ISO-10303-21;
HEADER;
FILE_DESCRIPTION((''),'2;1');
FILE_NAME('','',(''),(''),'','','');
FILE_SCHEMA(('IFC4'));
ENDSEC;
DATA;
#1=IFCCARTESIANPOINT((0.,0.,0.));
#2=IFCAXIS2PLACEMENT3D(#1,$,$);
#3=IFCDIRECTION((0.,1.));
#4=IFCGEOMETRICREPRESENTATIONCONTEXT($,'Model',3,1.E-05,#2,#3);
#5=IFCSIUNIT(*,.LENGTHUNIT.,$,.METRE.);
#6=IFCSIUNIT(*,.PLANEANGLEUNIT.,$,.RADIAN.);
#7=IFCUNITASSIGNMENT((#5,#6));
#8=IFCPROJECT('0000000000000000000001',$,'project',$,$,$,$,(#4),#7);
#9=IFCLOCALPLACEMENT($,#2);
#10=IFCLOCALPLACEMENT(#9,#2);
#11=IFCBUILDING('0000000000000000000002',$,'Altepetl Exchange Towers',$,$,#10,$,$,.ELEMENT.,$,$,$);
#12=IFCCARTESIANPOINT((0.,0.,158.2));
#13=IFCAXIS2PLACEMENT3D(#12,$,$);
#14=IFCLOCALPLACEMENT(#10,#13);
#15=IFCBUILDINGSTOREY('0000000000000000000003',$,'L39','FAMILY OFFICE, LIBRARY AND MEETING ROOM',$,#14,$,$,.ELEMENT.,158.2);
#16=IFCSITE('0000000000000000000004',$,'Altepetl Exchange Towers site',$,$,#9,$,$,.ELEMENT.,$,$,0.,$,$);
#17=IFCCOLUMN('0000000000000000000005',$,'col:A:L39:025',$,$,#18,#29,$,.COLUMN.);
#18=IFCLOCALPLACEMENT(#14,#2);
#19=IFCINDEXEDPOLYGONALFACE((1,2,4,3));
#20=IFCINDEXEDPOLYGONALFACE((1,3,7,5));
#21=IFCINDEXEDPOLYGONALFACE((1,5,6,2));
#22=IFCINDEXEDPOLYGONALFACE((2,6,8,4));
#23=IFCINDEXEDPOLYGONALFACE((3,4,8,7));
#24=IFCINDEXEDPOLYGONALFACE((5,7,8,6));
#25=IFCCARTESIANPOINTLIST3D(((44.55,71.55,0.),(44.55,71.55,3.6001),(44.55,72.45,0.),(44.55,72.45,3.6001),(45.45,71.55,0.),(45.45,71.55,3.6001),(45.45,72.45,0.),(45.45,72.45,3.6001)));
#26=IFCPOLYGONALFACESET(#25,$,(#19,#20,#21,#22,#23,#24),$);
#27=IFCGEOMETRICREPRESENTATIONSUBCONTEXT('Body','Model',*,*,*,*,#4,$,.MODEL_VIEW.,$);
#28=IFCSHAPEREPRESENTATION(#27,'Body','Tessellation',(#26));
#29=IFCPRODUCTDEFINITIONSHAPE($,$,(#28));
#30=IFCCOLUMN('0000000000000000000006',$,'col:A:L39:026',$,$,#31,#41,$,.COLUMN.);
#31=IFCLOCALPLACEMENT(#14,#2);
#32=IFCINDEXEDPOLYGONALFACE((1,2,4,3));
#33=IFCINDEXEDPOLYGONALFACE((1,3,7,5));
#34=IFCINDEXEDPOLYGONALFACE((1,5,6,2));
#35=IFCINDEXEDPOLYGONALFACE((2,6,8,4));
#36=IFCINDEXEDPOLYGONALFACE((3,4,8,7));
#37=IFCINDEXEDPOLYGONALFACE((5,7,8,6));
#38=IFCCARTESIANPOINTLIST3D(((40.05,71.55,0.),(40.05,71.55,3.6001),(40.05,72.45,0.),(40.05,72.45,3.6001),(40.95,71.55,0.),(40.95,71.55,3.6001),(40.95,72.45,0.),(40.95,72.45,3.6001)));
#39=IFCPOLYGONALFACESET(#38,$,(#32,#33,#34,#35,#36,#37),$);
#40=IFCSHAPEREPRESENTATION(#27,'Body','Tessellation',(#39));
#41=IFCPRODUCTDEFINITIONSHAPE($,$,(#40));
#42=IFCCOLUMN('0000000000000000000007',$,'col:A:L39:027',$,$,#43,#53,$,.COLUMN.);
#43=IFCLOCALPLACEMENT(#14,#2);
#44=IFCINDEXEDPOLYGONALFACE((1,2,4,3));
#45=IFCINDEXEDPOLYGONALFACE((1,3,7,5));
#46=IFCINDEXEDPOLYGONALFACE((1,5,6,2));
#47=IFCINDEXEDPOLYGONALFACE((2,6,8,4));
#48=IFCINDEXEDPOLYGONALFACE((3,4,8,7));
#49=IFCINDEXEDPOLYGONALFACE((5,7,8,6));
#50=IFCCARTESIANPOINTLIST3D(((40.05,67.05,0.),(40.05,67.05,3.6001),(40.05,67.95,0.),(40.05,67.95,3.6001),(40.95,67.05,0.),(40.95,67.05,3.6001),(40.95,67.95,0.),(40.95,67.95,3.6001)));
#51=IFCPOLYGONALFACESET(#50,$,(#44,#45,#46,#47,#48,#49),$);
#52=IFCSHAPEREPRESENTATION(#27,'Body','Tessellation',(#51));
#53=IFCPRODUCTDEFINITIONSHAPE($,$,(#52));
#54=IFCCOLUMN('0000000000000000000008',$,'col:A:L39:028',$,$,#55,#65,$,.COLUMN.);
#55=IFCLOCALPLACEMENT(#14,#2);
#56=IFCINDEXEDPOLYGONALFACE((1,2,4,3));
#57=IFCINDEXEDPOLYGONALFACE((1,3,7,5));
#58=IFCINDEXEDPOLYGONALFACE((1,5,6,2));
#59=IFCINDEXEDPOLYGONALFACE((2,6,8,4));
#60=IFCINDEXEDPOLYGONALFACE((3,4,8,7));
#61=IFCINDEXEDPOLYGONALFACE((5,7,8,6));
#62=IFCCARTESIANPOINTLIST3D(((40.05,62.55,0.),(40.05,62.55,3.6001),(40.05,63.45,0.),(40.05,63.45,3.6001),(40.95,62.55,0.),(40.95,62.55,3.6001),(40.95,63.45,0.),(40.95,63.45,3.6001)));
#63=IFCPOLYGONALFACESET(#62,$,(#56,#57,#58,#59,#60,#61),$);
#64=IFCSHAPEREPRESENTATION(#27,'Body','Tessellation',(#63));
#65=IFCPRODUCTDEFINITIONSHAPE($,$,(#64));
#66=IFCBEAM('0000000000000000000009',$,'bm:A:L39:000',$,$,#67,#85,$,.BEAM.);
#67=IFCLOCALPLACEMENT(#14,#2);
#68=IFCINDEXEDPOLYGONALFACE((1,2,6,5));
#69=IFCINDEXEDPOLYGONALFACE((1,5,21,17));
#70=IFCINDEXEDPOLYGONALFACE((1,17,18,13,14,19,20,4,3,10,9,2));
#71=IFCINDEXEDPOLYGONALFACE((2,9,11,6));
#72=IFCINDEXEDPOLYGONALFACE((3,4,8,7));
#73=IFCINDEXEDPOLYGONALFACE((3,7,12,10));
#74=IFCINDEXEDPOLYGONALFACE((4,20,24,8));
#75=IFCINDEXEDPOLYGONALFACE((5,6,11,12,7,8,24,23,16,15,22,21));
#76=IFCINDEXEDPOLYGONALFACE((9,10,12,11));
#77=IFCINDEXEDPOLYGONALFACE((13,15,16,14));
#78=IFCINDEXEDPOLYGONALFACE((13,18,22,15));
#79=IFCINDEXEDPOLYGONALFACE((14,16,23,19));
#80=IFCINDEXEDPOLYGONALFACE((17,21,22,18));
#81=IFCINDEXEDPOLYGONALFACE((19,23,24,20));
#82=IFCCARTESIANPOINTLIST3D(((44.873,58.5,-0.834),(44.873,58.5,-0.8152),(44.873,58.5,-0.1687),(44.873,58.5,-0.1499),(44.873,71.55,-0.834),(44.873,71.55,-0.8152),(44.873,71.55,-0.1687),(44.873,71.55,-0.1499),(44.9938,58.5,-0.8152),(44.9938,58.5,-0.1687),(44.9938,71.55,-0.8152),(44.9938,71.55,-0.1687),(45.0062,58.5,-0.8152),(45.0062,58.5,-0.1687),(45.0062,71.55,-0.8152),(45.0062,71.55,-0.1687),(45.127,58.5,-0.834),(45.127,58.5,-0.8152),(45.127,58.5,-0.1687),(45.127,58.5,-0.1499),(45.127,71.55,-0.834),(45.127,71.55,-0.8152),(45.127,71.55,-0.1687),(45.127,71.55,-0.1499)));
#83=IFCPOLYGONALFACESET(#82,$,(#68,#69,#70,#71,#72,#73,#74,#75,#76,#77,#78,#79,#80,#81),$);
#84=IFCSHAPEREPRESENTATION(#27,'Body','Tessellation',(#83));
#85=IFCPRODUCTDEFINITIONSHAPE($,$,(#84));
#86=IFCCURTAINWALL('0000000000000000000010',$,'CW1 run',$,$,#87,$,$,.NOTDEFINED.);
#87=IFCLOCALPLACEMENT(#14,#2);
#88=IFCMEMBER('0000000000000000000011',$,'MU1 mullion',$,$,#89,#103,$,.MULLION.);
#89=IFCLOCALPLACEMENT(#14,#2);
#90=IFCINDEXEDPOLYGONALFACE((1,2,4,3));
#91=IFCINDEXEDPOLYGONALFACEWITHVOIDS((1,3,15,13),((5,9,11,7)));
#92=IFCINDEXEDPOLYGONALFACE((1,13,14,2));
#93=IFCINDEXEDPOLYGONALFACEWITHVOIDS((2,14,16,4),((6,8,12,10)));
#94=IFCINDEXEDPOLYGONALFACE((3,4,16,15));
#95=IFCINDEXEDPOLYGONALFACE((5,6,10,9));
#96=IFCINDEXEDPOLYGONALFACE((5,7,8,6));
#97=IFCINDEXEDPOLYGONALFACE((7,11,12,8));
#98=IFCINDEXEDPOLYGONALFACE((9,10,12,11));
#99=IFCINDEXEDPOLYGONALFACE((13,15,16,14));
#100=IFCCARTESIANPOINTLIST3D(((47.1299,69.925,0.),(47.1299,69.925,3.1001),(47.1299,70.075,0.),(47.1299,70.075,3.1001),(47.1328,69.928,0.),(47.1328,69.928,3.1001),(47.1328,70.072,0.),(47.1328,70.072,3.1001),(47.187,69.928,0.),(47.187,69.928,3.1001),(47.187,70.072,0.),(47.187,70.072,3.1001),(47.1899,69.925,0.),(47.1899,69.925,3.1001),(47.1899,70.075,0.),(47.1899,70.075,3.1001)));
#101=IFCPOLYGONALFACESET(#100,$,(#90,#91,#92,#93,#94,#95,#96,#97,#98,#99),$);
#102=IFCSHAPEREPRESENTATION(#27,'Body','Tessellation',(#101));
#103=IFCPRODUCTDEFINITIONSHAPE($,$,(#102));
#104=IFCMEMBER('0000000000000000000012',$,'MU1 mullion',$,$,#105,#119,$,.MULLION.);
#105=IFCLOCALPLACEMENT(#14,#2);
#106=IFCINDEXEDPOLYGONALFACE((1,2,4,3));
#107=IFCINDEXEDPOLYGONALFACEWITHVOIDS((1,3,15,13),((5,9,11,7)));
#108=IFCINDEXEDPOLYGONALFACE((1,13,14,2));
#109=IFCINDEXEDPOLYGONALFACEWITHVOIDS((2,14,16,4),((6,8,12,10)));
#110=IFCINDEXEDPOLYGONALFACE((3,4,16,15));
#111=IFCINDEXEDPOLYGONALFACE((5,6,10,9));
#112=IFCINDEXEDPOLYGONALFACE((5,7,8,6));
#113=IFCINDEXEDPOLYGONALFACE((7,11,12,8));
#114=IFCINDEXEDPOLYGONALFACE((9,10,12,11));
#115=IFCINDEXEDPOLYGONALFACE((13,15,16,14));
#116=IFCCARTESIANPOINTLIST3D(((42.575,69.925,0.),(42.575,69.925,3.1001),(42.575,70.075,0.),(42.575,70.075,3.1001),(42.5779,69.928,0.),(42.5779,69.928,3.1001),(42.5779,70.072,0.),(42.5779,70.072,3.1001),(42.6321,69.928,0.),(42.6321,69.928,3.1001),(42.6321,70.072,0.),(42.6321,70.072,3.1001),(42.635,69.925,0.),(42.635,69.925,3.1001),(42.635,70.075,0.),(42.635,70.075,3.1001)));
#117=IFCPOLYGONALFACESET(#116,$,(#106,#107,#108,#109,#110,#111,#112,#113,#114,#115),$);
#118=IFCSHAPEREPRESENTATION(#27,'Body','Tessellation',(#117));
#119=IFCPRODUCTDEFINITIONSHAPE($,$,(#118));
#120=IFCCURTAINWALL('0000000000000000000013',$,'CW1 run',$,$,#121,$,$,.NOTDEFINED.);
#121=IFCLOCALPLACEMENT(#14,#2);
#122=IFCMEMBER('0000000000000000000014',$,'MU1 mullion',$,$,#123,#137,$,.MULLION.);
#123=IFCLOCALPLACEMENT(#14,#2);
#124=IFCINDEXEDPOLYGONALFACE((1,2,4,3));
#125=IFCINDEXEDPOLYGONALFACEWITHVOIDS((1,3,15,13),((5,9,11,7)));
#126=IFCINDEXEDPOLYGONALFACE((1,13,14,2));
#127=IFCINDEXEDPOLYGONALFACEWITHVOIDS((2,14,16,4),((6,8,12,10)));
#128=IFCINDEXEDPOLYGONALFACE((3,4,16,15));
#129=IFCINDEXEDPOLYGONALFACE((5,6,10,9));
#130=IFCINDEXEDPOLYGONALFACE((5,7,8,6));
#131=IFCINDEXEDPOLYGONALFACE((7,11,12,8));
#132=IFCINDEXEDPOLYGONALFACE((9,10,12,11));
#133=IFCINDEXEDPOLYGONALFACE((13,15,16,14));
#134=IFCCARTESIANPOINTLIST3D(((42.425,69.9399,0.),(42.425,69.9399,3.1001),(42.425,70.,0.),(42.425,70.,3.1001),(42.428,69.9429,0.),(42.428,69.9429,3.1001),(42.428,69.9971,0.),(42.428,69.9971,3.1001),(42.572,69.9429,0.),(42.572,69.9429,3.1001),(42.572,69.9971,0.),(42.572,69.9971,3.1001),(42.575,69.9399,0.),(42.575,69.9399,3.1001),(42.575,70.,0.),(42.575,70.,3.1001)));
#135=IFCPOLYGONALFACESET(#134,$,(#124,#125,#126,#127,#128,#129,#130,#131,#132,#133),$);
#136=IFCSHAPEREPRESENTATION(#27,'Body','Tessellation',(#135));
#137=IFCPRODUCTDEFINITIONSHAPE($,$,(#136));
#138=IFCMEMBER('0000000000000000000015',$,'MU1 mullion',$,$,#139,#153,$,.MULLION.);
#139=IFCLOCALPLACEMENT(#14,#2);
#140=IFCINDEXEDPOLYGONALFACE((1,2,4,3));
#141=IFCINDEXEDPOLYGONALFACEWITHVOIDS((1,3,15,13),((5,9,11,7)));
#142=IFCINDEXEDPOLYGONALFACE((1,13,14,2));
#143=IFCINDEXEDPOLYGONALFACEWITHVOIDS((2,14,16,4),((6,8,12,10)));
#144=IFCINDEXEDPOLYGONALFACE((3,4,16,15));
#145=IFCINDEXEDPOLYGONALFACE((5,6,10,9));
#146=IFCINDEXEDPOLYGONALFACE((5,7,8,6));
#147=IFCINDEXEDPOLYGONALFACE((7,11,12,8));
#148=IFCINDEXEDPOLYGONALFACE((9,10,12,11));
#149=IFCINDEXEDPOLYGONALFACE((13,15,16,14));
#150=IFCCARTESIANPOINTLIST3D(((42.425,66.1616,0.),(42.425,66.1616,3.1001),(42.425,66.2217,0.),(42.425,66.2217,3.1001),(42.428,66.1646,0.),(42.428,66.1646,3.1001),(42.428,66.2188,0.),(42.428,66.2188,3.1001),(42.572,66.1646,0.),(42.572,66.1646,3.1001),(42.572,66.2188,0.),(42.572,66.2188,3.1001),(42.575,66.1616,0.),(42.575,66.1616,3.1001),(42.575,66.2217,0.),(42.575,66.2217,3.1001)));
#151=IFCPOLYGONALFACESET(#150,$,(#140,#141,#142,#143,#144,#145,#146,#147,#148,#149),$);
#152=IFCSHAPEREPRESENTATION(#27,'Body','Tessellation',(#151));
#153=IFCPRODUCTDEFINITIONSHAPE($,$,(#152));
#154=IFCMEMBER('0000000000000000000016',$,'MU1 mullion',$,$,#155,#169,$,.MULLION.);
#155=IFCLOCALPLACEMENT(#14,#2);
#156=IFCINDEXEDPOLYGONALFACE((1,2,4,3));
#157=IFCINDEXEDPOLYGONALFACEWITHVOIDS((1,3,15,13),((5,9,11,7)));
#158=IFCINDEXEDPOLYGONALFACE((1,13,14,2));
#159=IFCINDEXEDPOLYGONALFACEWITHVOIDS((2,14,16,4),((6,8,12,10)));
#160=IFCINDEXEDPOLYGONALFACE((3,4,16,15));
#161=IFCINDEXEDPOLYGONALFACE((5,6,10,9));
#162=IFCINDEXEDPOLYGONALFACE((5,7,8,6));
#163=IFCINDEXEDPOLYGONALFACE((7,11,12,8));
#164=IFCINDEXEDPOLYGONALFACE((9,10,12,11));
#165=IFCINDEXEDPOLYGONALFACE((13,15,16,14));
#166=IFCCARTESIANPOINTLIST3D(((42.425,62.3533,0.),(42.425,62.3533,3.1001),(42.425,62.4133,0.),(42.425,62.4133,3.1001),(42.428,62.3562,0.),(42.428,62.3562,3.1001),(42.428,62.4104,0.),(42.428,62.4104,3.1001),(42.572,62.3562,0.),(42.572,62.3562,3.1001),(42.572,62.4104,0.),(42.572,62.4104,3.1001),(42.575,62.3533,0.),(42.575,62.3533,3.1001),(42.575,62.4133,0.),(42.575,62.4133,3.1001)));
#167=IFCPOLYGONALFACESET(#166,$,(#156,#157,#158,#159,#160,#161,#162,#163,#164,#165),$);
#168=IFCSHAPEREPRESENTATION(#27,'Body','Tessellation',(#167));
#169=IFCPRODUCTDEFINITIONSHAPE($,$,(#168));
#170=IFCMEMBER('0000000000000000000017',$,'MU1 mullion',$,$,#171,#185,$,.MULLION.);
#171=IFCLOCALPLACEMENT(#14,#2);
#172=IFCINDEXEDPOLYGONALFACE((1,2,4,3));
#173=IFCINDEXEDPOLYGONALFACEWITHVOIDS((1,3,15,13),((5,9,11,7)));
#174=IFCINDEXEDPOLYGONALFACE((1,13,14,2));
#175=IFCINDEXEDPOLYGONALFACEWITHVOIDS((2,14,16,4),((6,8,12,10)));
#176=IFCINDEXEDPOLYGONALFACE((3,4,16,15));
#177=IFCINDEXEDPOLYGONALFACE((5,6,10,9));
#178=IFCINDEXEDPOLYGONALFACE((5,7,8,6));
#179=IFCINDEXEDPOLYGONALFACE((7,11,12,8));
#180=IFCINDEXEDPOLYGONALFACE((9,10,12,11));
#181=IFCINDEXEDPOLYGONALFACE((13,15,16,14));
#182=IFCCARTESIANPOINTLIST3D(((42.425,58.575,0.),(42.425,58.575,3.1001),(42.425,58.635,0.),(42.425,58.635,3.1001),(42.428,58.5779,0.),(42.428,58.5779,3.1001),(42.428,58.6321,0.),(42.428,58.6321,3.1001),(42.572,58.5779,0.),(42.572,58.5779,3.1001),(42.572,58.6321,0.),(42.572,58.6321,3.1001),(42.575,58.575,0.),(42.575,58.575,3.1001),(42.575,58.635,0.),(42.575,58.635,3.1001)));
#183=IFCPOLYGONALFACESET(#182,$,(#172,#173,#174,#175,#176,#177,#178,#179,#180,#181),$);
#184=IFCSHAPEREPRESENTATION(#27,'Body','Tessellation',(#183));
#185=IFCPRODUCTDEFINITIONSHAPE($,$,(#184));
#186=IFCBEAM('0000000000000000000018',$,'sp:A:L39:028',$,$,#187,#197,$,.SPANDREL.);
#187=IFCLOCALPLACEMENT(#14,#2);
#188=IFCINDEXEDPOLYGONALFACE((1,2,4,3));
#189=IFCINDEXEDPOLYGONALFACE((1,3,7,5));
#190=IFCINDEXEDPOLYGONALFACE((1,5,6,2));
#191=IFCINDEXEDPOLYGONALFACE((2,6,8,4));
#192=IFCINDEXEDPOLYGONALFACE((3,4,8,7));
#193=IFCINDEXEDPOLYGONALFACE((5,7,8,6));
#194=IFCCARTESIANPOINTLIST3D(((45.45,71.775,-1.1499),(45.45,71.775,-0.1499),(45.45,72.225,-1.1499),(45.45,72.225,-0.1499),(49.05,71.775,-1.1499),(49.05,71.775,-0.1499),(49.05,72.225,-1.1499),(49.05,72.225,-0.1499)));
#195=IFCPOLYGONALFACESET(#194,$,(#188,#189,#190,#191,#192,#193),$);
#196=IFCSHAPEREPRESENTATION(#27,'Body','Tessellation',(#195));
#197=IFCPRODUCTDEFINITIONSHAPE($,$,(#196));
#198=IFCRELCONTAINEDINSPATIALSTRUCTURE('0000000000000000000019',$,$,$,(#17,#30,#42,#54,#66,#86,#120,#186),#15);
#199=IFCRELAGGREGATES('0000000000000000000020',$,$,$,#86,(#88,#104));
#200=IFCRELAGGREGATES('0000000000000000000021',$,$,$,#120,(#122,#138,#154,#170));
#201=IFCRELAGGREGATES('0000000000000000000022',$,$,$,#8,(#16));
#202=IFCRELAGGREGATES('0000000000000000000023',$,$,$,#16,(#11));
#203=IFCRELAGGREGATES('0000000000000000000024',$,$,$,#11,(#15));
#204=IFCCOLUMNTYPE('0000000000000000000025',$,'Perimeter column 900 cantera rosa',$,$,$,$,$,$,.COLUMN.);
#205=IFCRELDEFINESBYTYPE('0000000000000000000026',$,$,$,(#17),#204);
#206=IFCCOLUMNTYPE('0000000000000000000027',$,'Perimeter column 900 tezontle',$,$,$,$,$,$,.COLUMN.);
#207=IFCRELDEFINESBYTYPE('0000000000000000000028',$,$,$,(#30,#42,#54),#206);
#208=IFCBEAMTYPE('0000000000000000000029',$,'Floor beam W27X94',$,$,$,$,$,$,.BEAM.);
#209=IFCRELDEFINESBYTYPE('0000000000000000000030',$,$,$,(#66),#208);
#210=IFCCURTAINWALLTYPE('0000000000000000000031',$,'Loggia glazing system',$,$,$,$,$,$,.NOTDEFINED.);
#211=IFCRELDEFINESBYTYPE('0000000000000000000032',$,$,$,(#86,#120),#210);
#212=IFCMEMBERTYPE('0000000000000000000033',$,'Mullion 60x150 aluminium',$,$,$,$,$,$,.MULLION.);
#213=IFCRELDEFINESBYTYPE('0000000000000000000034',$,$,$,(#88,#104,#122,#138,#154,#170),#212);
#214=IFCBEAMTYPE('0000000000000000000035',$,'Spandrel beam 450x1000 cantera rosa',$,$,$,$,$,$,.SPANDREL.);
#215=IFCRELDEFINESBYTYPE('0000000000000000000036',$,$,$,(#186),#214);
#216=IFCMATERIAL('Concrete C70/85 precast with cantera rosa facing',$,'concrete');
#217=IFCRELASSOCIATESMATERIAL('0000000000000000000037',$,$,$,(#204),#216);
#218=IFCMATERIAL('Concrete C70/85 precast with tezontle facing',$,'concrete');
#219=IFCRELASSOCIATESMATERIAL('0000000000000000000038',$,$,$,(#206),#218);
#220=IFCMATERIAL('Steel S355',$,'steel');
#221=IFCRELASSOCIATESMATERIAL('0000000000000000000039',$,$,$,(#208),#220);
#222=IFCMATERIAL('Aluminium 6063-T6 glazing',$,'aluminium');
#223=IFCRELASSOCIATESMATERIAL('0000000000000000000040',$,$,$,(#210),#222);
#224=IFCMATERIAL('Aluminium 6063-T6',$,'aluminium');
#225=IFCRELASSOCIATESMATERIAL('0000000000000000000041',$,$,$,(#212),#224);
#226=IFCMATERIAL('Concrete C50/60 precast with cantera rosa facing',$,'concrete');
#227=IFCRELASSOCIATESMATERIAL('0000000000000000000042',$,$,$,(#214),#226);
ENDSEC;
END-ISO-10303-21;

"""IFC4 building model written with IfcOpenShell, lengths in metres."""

from ifc_helpers import new_model, si_unit, direction, frame, origin, origin_2d, place, context, subcontext, project, spatial, rectangle, hollow_rectangle, i_section, extrude, material, material_profile, profile_set, type_object, element, aggregate, save


model = new_model("IFC4")

# Units and contexts
model_context = context("Model", 3, precision=1e-05, world=origin(), true_north=direction((0.0, 1.0)))
body_context = subcontext(model_context, "Body", "Model", "MODEL_VIEW")
ifc_project = project(units=[si_unit("LENGTHUNIT", "METRE"), si_unit("PLANEANGLEUNIT", "RADIAN")], contexts=[model_context])

# Site, building, storey
site_placement = place(None, origin())
site = spatial("IfcSite", under=ifc_project, at=site_placement, Name="Altepetl Exchange Towers site", CompositionType="ELEMENT", RefElevation=0.0)
building_placement = place(site_placement, origin())
building = spatial("IfcBuilding", under=site, at=building_placement, Name="Altepetl Exchange Towers", CompositionType="ELEMENT")
storey_placement = place(building_placement, frame((0.0, 0.0, 158.2)))
storey = spatial("IfcBuildingStorey", under=building, at=storey_placement, Name="L39", Description="FAMILY OFFICE, LIBRARY AND MEETING ROOM", CompositionType="ELEMENT", Elevation=158.2)

# Columns
ifc_material_1 = material(Name="Concrete C70/85 precast with cantera rosa facing", Category="concrete")
ifc_material_profile_1 = material_profile(ifc_material_1, rectangle(XDim=0.8999, YDim=0.8999, at=origin_2d()), Name="900 x 900")
ifc_profile_set_1 = profile_set([ifc_material_profile_1], Name="Concrete C70/85 precast with cantera rosa facing")
column_type_1 = type_object("IfcColumnType", Name="Perimeter column 900 cantera rosa", PredefinedType="COLUMN", material=ifc_profile_set_1)
column_placement = place(storey_placement, frame((45.0, 72.0, 0.0)))
element("IfcColumn", 1, at=column_placement, inside=storey, type_object=column_type_1, Name="col:A:L39:025", PredefinedType="COLUMN", context=body_context, shape_type="SweptSolid", body=[
    extrude(rectangle(XDim=0.8999, YDim=0.8999, at=origin_2d()), origin(), (0.0, 0.0, 1.0), 3.6001),
])
ifc_material_2 = material(Name="Concrete C70/85 precast with tezontle facing", Category="concrete")
ifc_material_profile_2 = material_profile(ifc_material_2, rectangle(XDim=0.8999, YDim=0.8999, at=origin_2d()), Name="900 x 900")
ifc_profile_set_2 = profile_set([ifc_material_profile_2], Name="Concrete C70/85 precast with tezontle facing")
column_type_2 = type_object("IfcColumnType", Name="Perimeter column 900 tezontle", PredefinedType="COLUMN", material=ifc_profile_set_2)
for number, where, name in (
    (2, (40.5, 72.0, 0.0), "col:A:L39:026"),
    (3, (40.5, 67.5, 0.0), "col:A:L39:027"),
    (4, (40.5, 63.0, 0.0), "col:A:L39:028"),
):
    element("IfcColumn", number, at=place(storey_placement, frame(where)), inside=storey, type_object=column_type_2, Name=name, PredefinedType="COLUMN", context=body_context, shape_type="SweptSolid", body=[
        extrude(rectangle(XDim=0.8999, YDim=0.8999, at=origin_2d()), origin(), (0.0, 0.0, 1.0), 3.6001),
    ])

# Beam
ifc_material_3 = material(Name="Steel S355", Category="steel")
ifc_material_profile_3 = material_profile(ifc_material_3, i_section(OverallWidth=0.2539, OverallDepth=0.6841, WebThickness=0.0125, FlangeThickness=0.0188, at=origin_2d()), Name="W27X94")
ifc_profile_set_3 = profile_set([ifc_material_profile_3], Name="Steel S355")
beam_type_1 = type_object("IfcBeamType", Name="Floor beam W27X94", PredefinedType="BEAM", material=ifc_profile_set_3)
beam_1_placement = place(storey_placement, frame((45.0, 58.5, -0.4919), z_axis=(0.0, 1.0, 0.0), x_axis=(-1.0, 0.0, 0.0)))
element("IfcBeam", 5, at=beam_1_placement, inside=storey, type_object=beam_type_1, Name="bm:A:L39:000", PredefinedType="BEAM", context=body_context, shape_type="SweptSolid", body=[
    extrude(i_section(OverallWidth=0.2539, OverallDepth=0.6841, WebThickness=0.0125, FlangeThickness=0.0188, at=origin_2d()), origin(), (0.0, 0.0, 1.0), 13.05),
])

# Curtain walls, members
ifc_material_4 = material(Name="Aluminium 6063-T6 glazing", Category="aluminium")
curtain_wall_type = type_object("IfcCurtainWallType", Name="Loggia glazing system", PredefinedType="NOTDEFINED", material=ifc_material_4)
curtain_wall_1_placement = place(storey_placement, origin())
curtain_wall_1 = element("IfcCurtainWall", 6, at=curtain_wall_1_placement, inside=storey, type_object=curtain_wall_type, Name="CW1 run", PredefinedType="NOTDEFINED")
ifc_material_5 = material(Name="Aluminium 6063-T6", Category="aluminium")
ifc_material_profile_4 = material_profile(ifc_material_5, hollow_rectangle(XDim=0.0601, YDim=0.1499, WallThickness=0.0029, at=origin_2d()), Name="Mullion 60x150 aluminium")
ifc_profile_set_4 = profile_set([ifc_material_profile_4], Name="Aluminium 6063-T6")
member_type = type_object("IfcMemberType", Name="Mullion 60x150 aluminium", PredefinedType="MULLION", material=ifc_profile_set_4)
member_1_placement = place(storey_placement, frame((47.1599, 70.0, 0.0), z_axis=(0.0, 0.0, 1.0), x_axis=(-1.0, 0.0, 0.0)))
member_1 = element("IfcMember", 7, at=member_1_placement, type_object=member_type, Name="MU1 mullion", PredefinedType="MULLION", context=body_context, shape_type="SweptSolid", body=[
    extrude(hollow_rectangle(XDim=0.0601, YDim=0.1499, WallThickness=0.0029, at=origin_2d()), origin(), (0.0, 0.0, 1.0), 3.1001),
])
member_2_placement = place(storey_placement, frame((42.605, 70.0, 0.0), z_axis=(0.0, 0.0, 1.0), x_axis=(-1.0, 0.0, 0.0)))
member_2 = element("IfcMember", 8, at=member_2_placement, type_object=member_type, Name="MU1 mullion", PredefinedType="MULLION", context=body_context, shape_type="SweptSolid", body=[
    extrude(hollow_rectangle(XDim=0.0601, YDim=0.1499, WallThickness=0.0029, at=origin_2d()), origin(), (0.0, 0.0, 1.0), 3.1001),
])
curtain_wall_2_placement = place(storey_placement, origin())
curtain_wall_2 = element("IfcCurtainWall", 9, at=curtain_wall_2_placement, inside=storey, type_object=curtain_wall_type, Name="CW1 run", PredefinedType="NOTDEFINED")
member_3_placement = place(storey_placement, frame((42.5, 69.97, 0.0), z_axis=(0.0, 0.0, 1.0), x_axis=(0.0, -1.0, 0.0)))
member_3 = element("IfcMember", 10, at=member_3_placement, type_object=member_type, Name="MU1 mullion", PredefinedType="MULLION", context=body_context, shape_type="SweptSolid", body=[
    extrude(hollow_rectangle(XDim=0.0601, YDim=0.1499, WallThickness=0.0029, at=origin_2d()), origin(), (0.0, 0.0, 1.0), 3.1001),
])
member_4_placement = place(storey_placement, frame((42.5, 66.1917, 0.0), z_axis=(0.0, 0.0, 1.0), x_axis=(0.0, -1.0, 0.0)))
member_4 = element("IfcMember", 11, at=member_4_placement, type_object=member_type, Name="MU1 mullion", PredefinedType="MULLION", context=body_context, shape_type="SweptSolid", body=[
    extrude(hollow_rectangle(XDim=0.0601, YDim=0.1499, WallThickness=0.0029, at=origin_2d()), origin(), (0.0, 0.0, 1.0), 3.1001),
])
member_5_placement = place(storey_placement, frame((42.5, 62.3833, 0.0), z_axis=(0.0, 0.0, 1.0), x_axis=(0.0, -1.0, 0.0)))
member_5 = element("IfcMember", 12, at=member_5_placement, type_object=member_type, Name="MU1 mullion", PredefinedType="MULLION", context=body_context, shape_type="SweptSolid", body=[
    extrude(hollow_rectangle(XDim=0.0601, YDim=0.1499, WallThickness=0.0029, at=origin_2d()), origin(), (0.0, 0.0, 1.0), 3.1001),
])
member_6_placement = place(storey_placement, frame((42.5, 58.605, 0.0), z_axis=(0.0, 0.0, 1.0), x_axis=(0.0, -1.0, 0.0)))
member_6 = element("IfcMember", 13, at=member_6_placement, type_object=member_type, Name="MU1 mullion", PredefinedType="MULLION", context=body_context, shape_type="SweptSolid", body=[
    extrude(hollow_rectangle(XDim=0.0601, YDim=0.1499, WallThickness=0.0029, at=origin_2d()), origin(), (0.0, 0.0, 1.0), 3.1001),
])

# Beam
ifc_material_6 = material(Name="Concrete C50/60 precast with cantera rosa facing", Category="concrete")
ifc_material_profile_5 = material_profile(ifc_material_6, rectangle(XDim=0.45, YDim=1.0, at=origin_2d()), Name="450 x 1000")
ifc_profile_set_5 = profile_set([ifc_material_profile_5], Name="Concrete C50/60 precast with cantera rosa facing")
beam_type_2 = type_object("IfcBeamType", Name="Spandrel beam 450x1000 cantera rosa", PredefinedType="SPANDREL", material=ifc_profile_set_5)
for number, where, z_axis, x_axis, name in (
    (14, (49.05, 72.0, -0.6499), (-1.0, 0.0, 0.0), (0.0, -1.0, 0.0), "sp:A:L39:028"),
):
    element("IfcBeam", number, at=place(storey_placement, frame(where, z_axis=z_axis, x_axis=x_axis)), inside=storey, type_object=beam_type_2, Name=name, PredefinedType="SPANDREL", context=body_context, shape_type="SweptSolid", body=[
        extrude(rectangle(XDim=0.45, YDim=1.0, at=origin_2d()), origin(), (0.0, 0.0, 1.0), 3.6001),
    ])

aggregate(curtain_wall_1, [member_1, member_2])
aggregate(curtain_wall_2, [member_3, member_4, member_5, member_6])

save(model, "model.ifc")
